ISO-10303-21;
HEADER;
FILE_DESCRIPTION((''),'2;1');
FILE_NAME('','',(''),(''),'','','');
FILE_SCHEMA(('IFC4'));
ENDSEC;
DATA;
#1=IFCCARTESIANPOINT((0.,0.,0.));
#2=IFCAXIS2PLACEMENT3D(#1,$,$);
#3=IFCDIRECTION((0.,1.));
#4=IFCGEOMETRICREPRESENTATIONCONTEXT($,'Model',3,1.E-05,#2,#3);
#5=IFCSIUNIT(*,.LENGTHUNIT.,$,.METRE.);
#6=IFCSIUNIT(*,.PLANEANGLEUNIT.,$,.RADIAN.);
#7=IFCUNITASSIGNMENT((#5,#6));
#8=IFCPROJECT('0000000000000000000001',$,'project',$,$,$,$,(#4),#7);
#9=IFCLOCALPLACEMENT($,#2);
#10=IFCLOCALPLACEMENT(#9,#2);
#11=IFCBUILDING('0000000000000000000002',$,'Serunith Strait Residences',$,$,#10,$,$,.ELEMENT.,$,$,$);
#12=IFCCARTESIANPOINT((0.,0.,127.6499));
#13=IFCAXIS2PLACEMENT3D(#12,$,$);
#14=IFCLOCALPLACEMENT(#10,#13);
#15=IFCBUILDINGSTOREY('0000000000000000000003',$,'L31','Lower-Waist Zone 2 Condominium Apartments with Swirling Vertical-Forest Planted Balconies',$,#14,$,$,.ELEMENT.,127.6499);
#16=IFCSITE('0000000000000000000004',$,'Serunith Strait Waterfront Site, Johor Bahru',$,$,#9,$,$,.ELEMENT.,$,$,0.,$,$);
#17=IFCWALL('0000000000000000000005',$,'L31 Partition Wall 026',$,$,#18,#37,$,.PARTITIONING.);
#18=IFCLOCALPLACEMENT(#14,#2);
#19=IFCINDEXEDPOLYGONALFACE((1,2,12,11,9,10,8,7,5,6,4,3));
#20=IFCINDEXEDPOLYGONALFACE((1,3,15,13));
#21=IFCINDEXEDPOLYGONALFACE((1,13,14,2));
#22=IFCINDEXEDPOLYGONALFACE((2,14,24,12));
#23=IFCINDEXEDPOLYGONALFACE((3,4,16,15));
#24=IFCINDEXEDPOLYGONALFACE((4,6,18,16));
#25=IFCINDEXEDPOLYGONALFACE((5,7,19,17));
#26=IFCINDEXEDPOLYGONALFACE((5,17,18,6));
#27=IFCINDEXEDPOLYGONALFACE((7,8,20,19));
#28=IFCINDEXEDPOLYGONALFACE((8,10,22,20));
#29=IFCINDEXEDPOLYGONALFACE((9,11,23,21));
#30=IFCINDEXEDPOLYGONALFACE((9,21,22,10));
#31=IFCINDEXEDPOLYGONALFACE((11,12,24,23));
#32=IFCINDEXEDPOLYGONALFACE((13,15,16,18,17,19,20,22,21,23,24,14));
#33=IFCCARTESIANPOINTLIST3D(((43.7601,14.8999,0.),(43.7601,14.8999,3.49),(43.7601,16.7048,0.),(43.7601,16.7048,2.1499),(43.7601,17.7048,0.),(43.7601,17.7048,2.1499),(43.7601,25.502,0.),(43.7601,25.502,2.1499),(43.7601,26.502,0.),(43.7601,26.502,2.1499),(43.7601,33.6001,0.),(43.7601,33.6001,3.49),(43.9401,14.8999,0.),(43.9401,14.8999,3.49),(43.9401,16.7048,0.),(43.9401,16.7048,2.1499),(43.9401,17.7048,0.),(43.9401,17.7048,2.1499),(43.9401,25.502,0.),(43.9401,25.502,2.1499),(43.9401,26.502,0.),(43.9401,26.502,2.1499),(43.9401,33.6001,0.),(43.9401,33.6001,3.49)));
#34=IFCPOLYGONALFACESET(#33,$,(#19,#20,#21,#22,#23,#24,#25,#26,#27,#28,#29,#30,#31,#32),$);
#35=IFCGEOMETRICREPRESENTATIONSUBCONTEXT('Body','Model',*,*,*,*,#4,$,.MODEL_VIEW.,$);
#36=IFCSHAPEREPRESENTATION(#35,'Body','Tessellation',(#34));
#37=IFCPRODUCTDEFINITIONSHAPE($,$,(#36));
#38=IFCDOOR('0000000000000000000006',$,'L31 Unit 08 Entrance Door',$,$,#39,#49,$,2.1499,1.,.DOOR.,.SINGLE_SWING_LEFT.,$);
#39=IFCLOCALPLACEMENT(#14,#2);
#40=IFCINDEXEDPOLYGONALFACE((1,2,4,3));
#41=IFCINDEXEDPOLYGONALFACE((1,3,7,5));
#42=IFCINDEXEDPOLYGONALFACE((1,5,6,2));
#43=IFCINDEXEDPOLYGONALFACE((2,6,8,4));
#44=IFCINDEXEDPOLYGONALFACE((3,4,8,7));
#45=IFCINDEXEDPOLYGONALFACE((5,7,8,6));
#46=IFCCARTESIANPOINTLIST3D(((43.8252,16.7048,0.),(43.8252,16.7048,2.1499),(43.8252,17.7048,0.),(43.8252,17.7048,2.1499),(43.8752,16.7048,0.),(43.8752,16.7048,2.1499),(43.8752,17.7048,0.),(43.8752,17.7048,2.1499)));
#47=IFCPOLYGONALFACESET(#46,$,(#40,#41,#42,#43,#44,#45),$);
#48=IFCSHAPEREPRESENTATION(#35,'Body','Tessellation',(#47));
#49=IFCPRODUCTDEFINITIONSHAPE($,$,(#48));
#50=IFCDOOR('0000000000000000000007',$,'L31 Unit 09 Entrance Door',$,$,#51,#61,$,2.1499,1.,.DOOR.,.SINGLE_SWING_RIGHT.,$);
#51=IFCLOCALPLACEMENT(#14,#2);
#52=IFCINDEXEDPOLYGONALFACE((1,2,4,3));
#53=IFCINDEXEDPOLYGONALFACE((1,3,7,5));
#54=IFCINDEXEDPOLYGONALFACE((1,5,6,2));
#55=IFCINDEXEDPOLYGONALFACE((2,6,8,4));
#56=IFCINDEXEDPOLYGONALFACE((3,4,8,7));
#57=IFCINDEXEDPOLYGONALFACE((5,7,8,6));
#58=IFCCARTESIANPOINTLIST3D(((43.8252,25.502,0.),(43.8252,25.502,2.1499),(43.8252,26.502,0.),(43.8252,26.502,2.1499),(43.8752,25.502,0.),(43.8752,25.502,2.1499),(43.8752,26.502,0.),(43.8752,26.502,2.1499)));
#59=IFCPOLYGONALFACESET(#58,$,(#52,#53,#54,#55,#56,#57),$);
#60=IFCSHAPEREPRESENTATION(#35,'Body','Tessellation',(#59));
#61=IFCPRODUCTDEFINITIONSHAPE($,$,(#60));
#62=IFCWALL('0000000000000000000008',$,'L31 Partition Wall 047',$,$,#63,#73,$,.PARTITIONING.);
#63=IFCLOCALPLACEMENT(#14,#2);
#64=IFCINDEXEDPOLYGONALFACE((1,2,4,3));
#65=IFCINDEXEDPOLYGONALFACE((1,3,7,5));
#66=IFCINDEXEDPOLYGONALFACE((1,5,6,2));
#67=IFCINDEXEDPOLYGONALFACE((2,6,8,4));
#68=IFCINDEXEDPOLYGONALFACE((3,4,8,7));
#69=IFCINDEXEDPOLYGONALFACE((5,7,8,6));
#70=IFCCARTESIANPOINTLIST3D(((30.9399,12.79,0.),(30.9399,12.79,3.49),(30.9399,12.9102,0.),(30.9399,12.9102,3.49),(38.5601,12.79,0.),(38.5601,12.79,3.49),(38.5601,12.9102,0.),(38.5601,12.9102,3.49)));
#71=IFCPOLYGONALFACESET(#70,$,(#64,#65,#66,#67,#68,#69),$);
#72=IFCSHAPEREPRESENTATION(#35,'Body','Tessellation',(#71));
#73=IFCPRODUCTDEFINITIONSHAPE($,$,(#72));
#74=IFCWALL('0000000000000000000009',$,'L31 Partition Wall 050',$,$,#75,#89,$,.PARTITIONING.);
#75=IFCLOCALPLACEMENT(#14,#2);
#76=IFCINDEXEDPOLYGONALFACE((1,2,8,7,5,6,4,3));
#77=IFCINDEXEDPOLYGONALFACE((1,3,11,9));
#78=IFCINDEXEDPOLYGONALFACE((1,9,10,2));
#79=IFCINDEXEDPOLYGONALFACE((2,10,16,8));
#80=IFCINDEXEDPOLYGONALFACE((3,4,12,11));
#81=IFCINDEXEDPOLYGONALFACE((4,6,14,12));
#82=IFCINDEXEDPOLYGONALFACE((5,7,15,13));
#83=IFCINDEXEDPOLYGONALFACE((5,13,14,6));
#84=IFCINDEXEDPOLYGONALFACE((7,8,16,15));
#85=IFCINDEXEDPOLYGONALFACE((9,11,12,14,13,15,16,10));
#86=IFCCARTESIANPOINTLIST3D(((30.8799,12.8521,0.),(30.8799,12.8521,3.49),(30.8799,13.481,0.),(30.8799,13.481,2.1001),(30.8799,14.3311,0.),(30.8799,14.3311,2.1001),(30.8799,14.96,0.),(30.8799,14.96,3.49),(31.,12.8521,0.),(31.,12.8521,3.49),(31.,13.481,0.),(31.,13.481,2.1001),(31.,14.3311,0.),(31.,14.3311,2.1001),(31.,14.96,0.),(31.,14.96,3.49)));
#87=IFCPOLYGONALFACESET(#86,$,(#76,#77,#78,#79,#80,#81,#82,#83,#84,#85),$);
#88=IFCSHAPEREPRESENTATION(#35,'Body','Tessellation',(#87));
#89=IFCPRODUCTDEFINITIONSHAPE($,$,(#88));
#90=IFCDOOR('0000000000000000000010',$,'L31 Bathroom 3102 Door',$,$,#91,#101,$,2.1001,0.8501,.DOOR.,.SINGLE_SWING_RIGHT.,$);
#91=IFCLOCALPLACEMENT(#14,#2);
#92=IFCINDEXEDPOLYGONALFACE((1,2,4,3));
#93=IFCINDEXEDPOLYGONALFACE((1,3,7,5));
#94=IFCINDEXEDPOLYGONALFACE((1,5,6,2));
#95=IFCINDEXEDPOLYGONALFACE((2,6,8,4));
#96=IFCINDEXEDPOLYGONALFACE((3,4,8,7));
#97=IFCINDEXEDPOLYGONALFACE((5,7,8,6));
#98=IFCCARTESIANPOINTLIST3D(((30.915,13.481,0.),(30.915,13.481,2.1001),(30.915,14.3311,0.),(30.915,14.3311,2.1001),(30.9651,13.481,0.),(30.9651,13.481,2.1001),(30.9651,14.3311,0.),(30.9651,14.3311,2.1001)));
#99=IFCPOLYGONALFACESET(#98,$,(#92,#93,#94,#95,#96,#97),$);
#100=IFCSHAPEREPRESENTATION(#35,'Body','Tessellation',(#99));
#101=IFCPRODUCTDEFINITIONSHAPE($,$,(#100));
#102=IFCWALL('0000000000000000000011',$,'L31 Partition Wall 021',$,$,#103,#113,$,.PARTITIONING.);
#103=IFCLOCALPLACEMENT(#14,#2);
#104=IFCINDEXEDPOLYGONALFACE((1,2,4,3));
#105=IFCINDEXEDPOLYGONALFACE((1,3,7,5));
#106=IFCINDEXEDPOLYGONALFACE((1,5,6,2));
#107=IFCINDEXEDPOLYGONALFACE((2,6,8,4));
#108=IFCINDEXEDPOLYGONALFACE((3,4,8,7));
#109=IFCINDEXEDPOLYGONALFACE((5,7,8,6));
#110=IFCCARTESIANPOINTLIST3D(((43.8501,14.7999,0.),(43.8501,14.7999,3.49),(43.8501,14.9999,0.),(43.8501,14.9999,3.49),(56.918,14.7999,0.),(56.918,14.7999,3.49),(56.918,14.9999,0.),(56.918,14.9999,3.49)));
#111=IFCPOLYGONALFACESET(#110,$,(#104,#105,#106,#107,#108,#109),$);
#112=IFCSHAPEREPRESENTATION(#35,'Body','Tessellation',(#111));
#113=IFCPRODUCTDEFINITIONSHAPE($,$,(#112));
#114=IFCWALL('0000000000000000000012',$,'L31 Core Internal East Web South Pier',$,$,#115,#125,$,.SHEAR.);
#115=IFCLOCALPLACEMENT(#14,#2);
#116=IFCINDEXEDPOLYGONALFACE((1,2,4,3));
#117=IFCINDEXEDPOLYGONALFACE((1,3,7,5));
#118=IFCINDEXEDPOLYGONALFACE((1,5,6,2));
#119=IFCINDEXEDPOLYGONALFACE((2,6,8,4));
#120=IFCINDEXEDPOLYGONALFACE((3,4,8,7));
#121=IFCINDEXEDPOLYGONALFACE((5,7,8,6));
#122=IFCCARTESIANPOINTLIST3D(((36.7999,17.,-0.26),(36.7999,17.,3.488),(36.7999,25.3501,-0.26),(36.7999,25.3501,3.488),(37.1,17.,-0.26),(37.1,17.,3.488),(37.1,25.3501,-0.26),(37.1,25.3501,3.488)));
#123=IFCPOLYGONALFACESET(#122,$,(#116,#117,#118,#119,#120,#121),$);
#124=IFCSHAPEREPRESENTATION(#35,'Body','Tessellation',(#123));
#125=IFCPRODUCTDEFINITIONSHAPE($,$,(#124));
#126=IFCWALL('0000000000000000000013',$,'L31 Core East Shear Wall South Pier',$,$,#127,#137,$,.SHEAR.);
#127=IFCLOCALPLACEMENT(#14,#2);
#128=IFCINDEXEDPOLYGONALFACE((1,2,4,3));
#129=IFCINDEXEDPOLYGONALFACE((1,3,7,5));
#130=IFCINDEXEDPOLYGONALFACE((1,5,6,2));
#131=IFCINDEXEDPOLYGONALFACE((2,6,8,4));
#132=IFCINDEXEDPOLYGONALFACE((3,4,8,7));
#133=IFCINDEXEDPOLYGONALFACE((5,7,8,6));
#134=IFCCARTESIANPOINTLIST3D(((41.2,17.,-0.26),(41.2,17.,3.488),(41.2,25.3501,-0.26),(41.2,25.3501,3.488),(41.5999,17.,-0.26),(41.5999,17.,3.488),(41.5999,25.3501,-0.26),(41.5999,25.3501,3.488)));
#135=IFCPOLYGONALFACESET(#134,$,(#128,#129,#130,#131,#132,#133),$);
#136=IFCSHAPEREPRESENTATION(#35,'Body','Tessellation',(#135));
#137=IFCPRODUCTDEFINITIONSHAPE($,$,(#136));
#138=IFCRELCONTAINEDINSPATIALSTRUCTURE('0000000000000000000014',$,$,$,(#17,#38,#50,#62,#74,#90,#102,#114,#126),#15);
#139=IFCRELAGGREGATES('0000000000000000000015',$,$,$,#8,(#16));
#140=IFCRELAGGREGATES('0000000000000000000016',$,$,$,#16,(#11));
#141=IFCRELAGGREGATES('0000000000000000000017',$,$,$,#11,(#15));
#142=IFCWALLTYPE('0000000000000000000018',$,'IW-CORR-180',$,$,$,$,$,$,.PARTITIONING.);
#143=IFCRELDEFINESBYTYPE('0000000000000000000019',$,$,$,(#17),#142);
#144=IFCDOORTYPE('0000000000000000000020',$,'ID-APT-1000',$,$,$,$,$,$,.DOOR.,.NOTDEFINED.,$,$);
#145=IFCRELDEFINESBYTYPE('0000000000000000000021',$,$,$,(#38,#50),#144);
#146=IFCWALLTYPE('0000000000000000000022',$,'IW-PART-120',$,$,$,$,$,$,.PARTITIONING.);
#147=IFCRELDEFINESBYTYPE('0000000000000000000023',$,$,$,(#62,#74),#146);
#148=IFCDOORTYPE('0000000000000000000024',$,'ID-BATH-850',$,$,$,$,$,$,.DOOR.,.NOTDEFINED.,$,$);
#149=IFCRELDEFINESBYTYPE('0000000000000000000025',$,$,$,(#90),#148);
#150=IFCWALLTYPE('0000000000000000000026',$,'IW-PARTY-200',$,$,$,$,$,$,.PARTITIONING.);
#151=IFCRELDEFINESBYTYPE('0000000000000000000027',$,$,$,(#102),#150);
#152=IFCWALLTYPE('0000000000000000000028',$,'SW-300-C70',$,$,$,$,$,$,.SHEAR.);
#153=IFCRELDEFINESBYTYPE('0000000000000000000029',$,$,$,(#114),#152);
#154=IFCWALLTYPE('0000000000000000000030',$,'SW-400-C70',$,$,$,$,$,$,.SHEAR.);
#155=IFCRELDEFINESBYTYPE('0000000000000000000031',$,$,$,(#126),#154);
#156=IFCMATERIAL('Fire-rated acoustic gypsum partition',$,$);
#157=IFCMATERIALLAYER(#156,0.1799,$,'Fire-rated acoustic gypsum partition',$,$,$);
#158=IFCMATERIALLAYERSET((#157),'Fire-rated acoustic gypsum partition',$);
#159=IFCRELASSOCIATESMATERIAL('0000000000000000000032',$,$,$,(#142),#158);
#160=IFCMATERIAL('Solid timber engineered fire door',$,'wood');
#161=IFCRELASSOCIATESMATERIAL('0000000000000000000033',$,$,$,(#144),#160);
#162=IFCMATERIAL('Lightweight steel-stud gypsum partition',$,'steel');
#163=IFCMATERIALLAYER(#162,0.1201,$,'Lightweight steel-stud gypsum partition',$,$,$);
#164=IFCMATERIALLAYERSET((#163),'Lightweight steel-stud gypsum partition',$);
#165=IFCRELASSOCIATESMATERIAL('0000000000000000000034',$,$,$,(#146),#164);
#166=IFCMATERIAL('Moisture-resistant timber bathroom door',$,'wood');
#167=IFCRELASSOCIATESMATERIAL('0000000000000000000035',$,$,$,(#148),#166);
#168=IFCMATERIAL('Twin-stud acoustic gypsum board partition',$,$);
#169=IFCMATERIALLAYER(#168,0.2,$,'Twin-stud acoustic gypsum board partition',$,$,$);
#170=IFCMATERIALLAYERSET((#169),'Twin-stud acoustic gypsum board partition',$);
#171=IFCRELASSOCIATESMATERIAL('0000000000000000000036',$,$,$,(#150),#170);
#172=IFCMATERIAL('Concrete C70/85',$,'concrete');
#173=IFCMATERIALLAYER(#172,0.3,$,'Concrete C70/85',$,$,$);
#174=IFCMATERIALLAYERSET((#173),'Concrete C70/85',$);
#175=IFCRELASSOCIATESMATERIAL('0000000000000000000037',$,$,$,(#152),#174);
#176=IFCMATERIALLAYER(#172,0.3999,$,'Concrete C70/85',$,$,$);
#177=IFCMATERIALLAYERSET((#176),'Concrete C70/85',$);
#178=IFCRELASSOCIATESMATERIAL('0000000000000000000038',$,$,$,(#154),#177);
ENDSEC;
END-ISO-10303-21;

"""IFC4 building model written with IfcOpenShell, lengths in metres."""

from ifc_helpers import new_model, si_unit, direction, frame, frame_2d, origin, place, context, subcontext, project, spatial, rectangle, extrude, source, transform, mapped, material, layer, layer_set, type_object, element, fill, save


model = new_model("IFC4")

# Units and contexts
model_context = context("Model", 3, precision=1e-05, world=origin(), true_north=direction((0.0, 1.0)))
body_context = subcontext(model_context, "Body", "Model", "MODEL_VIEW")
ifc_project = project(units=[si_unit("LENGTHUNIT", "METRE"), si_unit("PLANEANGLEUNIT", "RADIAN")], contexts=[model_context])

# Site, building, storey
site_placement = place(None, origin())
site = spatial("IfcSite", under=ifc_project, at=site_placement, Name="Serunith Strait Waterfront Site, Johor Bahru", CompositionType="ELEMENT", RefElevation=0.0)
building_placement = place(site_placement, origin())
building = spatial("IfcBuilding", under=site, at=building_placement, Name="Serunith Strait Residences", CompositionType="ELEMENT")
storey_placement = place(building_placement, frame((0.0, 0.0, 127.6499)))
storey = spatial("IfcBuildingStorey", under=building, at=storey_placement, Name="L31", Description="Lower-Waist Zone 2 Condominium Apartments with Swirling Vertical-Forest Planted Balconies", CompositionType="ELEMENT", Elevation=127.6499)

# Wall, openings, doors
ifc_material_1 = material(Name="Fire-rated acoustic gypsum partition")
ifc_layer_1 = layer(ifc_material_1, 0.1799, Name="Fire-rated acoustic gypsum partition")
ifc_layer_set_1 = layer_set([ifc_layer_1], Name="Fire-rated acoustic gypsum partition")
wall_type_1 = type_object("IfcWallType", Name="IW-CORR-180", PredefinedType="PARTITIONING", material=ifc_layer_set_1)
wall_1_placement = place(storey_placement, frame((43.8501, 14.8999, 0.0), z_axis=(0.0, 0.0, 1.0), x_axis=(0.0, 1.0, 0.0)))
wall_1 = element("IfcWall", 1, at=wall_1_placement, inside=storey, type_object=wall_type_1, Name="L31 Partition Wall 026", PredefinedType="PARTITIONING", context=body_context, shape_type="SweptSolid", body=[
    extrude(rectangle(XDim=18.7002, YDim=0.1799, at=frame_2d((9.3501, 0.0))), origin(), (0.0, 0.0, 1.0), 3.49),
])
opening_1_placement = place(wall_1_placement, frame((1.8049, 0.0, 0.0)))
opening_1 = element("IfcOpeningElement", 2, at=opening_1_placement, cuts=wall_1, PredefinedType="OPENING", context=body_context, shape_type="SweptSolid", body=[
    extrude(rectangle(XDim=1.0, YDim=2.1499, at=frame_2d((0.5, 1.075))), frame((0.0, 0.1001, 0.0), z_axis=(0.0, -1.0, 0.0), x_axis=(1.0, 0.0, 0.0)), (0.0, 0.0, 1.0), 0.2),
])
opening_2_placement = place(wall_1_placement, frame((10.6021, 0.0, 0.0)))
opening_2 = element("IfcOpeningElement", 3, at=opening_2_placement, cuts=wall_1, PredefinedType="OPENING", context=body_context, shape_type="SweptSolid", body=[
    extrude(rectangle(XDim=1.0, YDim=2.1499, at=frame_2d((0.5, 1.075))), frame((0.0, 0.1001, 0.0), z_axis=(0.0, -1.0, 0.0), x_axis=(1.0, 0.0, 0.0)), (0.0, 0.0, 1.0), 0.2),
])
ifc_material_2 = material(Name="Solid timber engineered fire door", Category="wood")
door_type_1 = type_object("IfcDoorType", Name="ID-APT-1000", OperationType="NOTDEFINED", PredefinedType="DOOR", material=ifc_material_2)
shared_shape_1 = source(origin(), body_context, "Body", "SweptSolid", [
    extrude(rectangle(XDim=1.0, YDim=2.1499, at=frame_2d((0.5, 1.075))), frame((0.0, 0.0249, 0.0), z_axis=(0.0, -1.0, 0.0), x_axis=(1.0, 0.0, 0.0)), (0.0, 0.0, 1.0), 0.05),
])
door_1_placement = place(opening_1_placement, origin())
door_1 = element("IfcDoor", 4, at=door_1_placement, inside=storey, type_object=door_type_1, Name="L31 Unit 08 Entrance Door", OperationType="SINGLE_SWING_LEFT", OverallHeight=2.1499, OverallWidth=1.0, PredefinedType="DOOR", context=body_context, shape_type="MappedRepresentation", body=[
    mapped(shared_shape_1, transform((0.0, 0.0, 0.0), scale=1.0)),
])
fill(opening_1, door_1)
door_2_placement = place(opening_2_placement, origin())
door_2 = element("IfcDoor", 5, at=door_2_placement, inside=storey, type_object=door_type_1, Name="L31 Unit 09 Entrance Door", OperationType="SINGLE_SWING_RIGHT", OverallHeight=2.1499, OverallWidth=1.0, PredefinedType="DOOR", context=body_context, shape_type="MappedRepresentation", body=[
    mapped(shared_shape_1, transform((0.0, 0.0, 0.0), scale=1.0)),
])
fill(opening_2, door_2)

# Wall
ifc_material_3 = material(Name="Lightweight steel-stud gypsum partition", Category="steel")
ifc_layer_2 = layer(ifc_material_3, 0.1201, Name="Lightweight steel-stud gypsum partition")
ifc_layer_set_2 = layer_set([ifc_layer_2], Name="Lightweight steel-stud gypsum partition")
wall_type_2 = type_object("IfcWallType", Name="IW-PART-120", PredefinedType="PARTITIONING", material=ifc_layer_set_2)
wall_2_placement = place(storey_placement, frame((30.9399, 12.8501, 0.0), z_axis=(0.0, 0.0, 1.0), x_axis=(1.0, 0.0, 0.0)))
element("IfcWall", 6, at=wall_2_placement, inside=storey, type_object=wall_type_2, Name="L31 Partition Wall 047", PredefinedType="PARTITIONING", context=body_context, shape_type="SweptSolid", body=[
    extrude(rectangle(XDim=7.6201, YDim=0.1201, at=frame_2d((3.8101, 0.0))), origin(), (0.0, 0.0, 1.0), 3.49),
])

# Wall, opening, door
wall_3_placement = place(storey_placement, frame((30.9399, 12.8521, 0.0), z_axis=(0.0, 0.0, 1.0), x_axis=(0.0, 1.0, 0.0)))
wall_3 = element("IfcWall", 7, at=wall_3_placement, inside=storey, type_object=wall_type_2, Name="L31 Partition Wall 050", PredefinedType="PARTITIONING", context=body_context, shape_type="SweptSolid", body=[
    extrude(rectangle(XDim=2.1079, YDim=0.1201, at=frame_2d((1.054, 0.0))), origin(), (0.0, 0.0, 1.0), 3.49),
])
opening_3_placement = place(wall_3_placement, frame((0.6289, 0.0, 0.0)))
opening_3 = element("IfcOpeningElement", 8, at=opening_3_placement, cuts=wall_3, PredefinedType="OPENING", context=body_context, shape_type="SweptSolid", body=[
    extrude(rectangle(XDim=0.8501, YDim=2.1001, at=frame_2d((0.425, 1.05))), frame((0.0, 0.0701, 0.0), z_axis=(0.0, -1.0, 0.0), x_axis=(1.0, 0.0, 0.0)), (0.0, 0.0, 1.0), 0.1401),
])
ifc_material_4 = material(Name="Moisture-resistant timber bathroom door", Category="wood")
door_type_2 = type_object("IfcDoorType", Name="ID-BATH-850", OperationType="NOTDEFINED", PredefinedType="DOOR", material=ifc_material_4)
shared_shape_2 = source(origin(), body_context, "Body", "SweptSolid", [
    extrude(rectangle(XDim=0.8501, YDim=2.1001, at=frame_2d((0.425, 1.05))), frame((0.0, 0.0249, 0.0), z_axis=(0.0, -1.0, 0.0), x_axis=(1.0, 0.0, 0.0)), (0.0, 0.0, 1.0), 0.05),
])
door_3_placement = place(opening_3_placement, origin())
door_3 = element("IfcDoor", 9, at=door_3_placement, inside=storey, type_object=door_type_2, Name="L31 Bathroom 3102 Door", OperationType="SINGLE_SWING_RIGHT", OverallHeight=2.1001, OverallWidth=0.8501, PredefinedType="DOOR", context=body_context, shape_type="MappedRepresentation", body=[
    mapped(shared_shape_2, transform((0.0, 0.0, 0.0), scale=1.0)),
])
fill(opening_3, door_3)

# Walls
ifc_material_5 = material(Name="Twin-stud acoustic gypsum board partition")
ifc_layer_3 = layer(ifc_material_5, 0.2, Name="Twin-stud acoustic gypsum board partition")
ifc_layer_set_3 = layer_set([ifc_layer_3], Name="Twin-stud acoustic gypsum board partition")
wall_type_3 = type_object("IfcWallType", Name="IW-PARTY-200", PredefinedType="PARTITIONING", material=ifc_layer_set_3)
wall_4_placement = place(storey_placement, frame((43.8501, 14.8999, 0.0), z_axis=(0.0, 0.0, 1.0), x_axis=(1.0, 0.0, 0.0)))
element("IfcWall", 10, at=wall_4_placement, inside=storey, type_object=wall_type_3, Name="L31 Partition Wall 021", PredefinedType="PARTITIONING", context=body_context, shape_type="SweptSolid", body=[
    extrude(rectangle(XDim=13.0679, YDim=0.2, at=frame_2d((6.5339, 0.0))), origin(), (0.0, 0.0, 1.0), 3.49),
])
ifc_material_6 = material(Name="Concrete C70/85", Category="concrete")
ifc_layer_4 = layer(ifc_material_6, 0.3, Name="Concrete C70/85")
ifc_layer_set_4 = layer_set([ifc_layer_4], Name="Concrete C70/85")
wall_type_4 = type_object("IfcWallType", Name="SW-300-C70", PredefinedType="SHEAR", material=ifc_layer_set_4)
wall_5_placement = place(storey_placement, frame((36.95, 17.0, -0.26), z_axis=(0.0, 0.0, 1.0), x_axis=(0.0, 1.0, 0.0)))
element("IfcWall", 11, at=wall_5_placement, inside=storey, type_object=wall_type_4, Name="L31 Core Internal East Web South Pier", PredefinedType="SHEAR", context=body_context, shape_type="SweptSolid", body=[
    extrude(rectangle(XDim=8.3501, YDim=0.3, at=frame_2d((4.175, 0.0))), origin(), (0.0, 0.0, 1.0), 3.748),
])
ifc_layer_5 = layer(ifc_material_6, 0.3999, Name="Concrete C70/85")
ifc_layer_set_5 = layer_set([ifc_layer_5], Name="Concrete C70/85")
wall_type_5 = type_object("IfcWallType", Name="SW-400-C70", PredefinedType="SHEAR", material=ifc_layer_set_5)
wall_6_placement = place(storey_placement, frame((41.3999, 17.0, -0.26), z_axis=(0.0, 0.0, 1.0), x_axis=(0.0, 1.0, 0.0)))
element("IfcWall", 12, at=wall_6_placement, inside=storey, type_object=wall_type_5, Name="L31 Core East Shear Wall South Pier", PredefinedType="SHEAR", context=body_context, shape_type="SweptSolid", body=[
    extrude(rectangle(XDim=8.3501, YDim=0.3999, at=frame_2d((4.175, 0.0))), origin(), (0.0, 0.0, 1.0), 3.748),
])

save(model, "model.ifc")
